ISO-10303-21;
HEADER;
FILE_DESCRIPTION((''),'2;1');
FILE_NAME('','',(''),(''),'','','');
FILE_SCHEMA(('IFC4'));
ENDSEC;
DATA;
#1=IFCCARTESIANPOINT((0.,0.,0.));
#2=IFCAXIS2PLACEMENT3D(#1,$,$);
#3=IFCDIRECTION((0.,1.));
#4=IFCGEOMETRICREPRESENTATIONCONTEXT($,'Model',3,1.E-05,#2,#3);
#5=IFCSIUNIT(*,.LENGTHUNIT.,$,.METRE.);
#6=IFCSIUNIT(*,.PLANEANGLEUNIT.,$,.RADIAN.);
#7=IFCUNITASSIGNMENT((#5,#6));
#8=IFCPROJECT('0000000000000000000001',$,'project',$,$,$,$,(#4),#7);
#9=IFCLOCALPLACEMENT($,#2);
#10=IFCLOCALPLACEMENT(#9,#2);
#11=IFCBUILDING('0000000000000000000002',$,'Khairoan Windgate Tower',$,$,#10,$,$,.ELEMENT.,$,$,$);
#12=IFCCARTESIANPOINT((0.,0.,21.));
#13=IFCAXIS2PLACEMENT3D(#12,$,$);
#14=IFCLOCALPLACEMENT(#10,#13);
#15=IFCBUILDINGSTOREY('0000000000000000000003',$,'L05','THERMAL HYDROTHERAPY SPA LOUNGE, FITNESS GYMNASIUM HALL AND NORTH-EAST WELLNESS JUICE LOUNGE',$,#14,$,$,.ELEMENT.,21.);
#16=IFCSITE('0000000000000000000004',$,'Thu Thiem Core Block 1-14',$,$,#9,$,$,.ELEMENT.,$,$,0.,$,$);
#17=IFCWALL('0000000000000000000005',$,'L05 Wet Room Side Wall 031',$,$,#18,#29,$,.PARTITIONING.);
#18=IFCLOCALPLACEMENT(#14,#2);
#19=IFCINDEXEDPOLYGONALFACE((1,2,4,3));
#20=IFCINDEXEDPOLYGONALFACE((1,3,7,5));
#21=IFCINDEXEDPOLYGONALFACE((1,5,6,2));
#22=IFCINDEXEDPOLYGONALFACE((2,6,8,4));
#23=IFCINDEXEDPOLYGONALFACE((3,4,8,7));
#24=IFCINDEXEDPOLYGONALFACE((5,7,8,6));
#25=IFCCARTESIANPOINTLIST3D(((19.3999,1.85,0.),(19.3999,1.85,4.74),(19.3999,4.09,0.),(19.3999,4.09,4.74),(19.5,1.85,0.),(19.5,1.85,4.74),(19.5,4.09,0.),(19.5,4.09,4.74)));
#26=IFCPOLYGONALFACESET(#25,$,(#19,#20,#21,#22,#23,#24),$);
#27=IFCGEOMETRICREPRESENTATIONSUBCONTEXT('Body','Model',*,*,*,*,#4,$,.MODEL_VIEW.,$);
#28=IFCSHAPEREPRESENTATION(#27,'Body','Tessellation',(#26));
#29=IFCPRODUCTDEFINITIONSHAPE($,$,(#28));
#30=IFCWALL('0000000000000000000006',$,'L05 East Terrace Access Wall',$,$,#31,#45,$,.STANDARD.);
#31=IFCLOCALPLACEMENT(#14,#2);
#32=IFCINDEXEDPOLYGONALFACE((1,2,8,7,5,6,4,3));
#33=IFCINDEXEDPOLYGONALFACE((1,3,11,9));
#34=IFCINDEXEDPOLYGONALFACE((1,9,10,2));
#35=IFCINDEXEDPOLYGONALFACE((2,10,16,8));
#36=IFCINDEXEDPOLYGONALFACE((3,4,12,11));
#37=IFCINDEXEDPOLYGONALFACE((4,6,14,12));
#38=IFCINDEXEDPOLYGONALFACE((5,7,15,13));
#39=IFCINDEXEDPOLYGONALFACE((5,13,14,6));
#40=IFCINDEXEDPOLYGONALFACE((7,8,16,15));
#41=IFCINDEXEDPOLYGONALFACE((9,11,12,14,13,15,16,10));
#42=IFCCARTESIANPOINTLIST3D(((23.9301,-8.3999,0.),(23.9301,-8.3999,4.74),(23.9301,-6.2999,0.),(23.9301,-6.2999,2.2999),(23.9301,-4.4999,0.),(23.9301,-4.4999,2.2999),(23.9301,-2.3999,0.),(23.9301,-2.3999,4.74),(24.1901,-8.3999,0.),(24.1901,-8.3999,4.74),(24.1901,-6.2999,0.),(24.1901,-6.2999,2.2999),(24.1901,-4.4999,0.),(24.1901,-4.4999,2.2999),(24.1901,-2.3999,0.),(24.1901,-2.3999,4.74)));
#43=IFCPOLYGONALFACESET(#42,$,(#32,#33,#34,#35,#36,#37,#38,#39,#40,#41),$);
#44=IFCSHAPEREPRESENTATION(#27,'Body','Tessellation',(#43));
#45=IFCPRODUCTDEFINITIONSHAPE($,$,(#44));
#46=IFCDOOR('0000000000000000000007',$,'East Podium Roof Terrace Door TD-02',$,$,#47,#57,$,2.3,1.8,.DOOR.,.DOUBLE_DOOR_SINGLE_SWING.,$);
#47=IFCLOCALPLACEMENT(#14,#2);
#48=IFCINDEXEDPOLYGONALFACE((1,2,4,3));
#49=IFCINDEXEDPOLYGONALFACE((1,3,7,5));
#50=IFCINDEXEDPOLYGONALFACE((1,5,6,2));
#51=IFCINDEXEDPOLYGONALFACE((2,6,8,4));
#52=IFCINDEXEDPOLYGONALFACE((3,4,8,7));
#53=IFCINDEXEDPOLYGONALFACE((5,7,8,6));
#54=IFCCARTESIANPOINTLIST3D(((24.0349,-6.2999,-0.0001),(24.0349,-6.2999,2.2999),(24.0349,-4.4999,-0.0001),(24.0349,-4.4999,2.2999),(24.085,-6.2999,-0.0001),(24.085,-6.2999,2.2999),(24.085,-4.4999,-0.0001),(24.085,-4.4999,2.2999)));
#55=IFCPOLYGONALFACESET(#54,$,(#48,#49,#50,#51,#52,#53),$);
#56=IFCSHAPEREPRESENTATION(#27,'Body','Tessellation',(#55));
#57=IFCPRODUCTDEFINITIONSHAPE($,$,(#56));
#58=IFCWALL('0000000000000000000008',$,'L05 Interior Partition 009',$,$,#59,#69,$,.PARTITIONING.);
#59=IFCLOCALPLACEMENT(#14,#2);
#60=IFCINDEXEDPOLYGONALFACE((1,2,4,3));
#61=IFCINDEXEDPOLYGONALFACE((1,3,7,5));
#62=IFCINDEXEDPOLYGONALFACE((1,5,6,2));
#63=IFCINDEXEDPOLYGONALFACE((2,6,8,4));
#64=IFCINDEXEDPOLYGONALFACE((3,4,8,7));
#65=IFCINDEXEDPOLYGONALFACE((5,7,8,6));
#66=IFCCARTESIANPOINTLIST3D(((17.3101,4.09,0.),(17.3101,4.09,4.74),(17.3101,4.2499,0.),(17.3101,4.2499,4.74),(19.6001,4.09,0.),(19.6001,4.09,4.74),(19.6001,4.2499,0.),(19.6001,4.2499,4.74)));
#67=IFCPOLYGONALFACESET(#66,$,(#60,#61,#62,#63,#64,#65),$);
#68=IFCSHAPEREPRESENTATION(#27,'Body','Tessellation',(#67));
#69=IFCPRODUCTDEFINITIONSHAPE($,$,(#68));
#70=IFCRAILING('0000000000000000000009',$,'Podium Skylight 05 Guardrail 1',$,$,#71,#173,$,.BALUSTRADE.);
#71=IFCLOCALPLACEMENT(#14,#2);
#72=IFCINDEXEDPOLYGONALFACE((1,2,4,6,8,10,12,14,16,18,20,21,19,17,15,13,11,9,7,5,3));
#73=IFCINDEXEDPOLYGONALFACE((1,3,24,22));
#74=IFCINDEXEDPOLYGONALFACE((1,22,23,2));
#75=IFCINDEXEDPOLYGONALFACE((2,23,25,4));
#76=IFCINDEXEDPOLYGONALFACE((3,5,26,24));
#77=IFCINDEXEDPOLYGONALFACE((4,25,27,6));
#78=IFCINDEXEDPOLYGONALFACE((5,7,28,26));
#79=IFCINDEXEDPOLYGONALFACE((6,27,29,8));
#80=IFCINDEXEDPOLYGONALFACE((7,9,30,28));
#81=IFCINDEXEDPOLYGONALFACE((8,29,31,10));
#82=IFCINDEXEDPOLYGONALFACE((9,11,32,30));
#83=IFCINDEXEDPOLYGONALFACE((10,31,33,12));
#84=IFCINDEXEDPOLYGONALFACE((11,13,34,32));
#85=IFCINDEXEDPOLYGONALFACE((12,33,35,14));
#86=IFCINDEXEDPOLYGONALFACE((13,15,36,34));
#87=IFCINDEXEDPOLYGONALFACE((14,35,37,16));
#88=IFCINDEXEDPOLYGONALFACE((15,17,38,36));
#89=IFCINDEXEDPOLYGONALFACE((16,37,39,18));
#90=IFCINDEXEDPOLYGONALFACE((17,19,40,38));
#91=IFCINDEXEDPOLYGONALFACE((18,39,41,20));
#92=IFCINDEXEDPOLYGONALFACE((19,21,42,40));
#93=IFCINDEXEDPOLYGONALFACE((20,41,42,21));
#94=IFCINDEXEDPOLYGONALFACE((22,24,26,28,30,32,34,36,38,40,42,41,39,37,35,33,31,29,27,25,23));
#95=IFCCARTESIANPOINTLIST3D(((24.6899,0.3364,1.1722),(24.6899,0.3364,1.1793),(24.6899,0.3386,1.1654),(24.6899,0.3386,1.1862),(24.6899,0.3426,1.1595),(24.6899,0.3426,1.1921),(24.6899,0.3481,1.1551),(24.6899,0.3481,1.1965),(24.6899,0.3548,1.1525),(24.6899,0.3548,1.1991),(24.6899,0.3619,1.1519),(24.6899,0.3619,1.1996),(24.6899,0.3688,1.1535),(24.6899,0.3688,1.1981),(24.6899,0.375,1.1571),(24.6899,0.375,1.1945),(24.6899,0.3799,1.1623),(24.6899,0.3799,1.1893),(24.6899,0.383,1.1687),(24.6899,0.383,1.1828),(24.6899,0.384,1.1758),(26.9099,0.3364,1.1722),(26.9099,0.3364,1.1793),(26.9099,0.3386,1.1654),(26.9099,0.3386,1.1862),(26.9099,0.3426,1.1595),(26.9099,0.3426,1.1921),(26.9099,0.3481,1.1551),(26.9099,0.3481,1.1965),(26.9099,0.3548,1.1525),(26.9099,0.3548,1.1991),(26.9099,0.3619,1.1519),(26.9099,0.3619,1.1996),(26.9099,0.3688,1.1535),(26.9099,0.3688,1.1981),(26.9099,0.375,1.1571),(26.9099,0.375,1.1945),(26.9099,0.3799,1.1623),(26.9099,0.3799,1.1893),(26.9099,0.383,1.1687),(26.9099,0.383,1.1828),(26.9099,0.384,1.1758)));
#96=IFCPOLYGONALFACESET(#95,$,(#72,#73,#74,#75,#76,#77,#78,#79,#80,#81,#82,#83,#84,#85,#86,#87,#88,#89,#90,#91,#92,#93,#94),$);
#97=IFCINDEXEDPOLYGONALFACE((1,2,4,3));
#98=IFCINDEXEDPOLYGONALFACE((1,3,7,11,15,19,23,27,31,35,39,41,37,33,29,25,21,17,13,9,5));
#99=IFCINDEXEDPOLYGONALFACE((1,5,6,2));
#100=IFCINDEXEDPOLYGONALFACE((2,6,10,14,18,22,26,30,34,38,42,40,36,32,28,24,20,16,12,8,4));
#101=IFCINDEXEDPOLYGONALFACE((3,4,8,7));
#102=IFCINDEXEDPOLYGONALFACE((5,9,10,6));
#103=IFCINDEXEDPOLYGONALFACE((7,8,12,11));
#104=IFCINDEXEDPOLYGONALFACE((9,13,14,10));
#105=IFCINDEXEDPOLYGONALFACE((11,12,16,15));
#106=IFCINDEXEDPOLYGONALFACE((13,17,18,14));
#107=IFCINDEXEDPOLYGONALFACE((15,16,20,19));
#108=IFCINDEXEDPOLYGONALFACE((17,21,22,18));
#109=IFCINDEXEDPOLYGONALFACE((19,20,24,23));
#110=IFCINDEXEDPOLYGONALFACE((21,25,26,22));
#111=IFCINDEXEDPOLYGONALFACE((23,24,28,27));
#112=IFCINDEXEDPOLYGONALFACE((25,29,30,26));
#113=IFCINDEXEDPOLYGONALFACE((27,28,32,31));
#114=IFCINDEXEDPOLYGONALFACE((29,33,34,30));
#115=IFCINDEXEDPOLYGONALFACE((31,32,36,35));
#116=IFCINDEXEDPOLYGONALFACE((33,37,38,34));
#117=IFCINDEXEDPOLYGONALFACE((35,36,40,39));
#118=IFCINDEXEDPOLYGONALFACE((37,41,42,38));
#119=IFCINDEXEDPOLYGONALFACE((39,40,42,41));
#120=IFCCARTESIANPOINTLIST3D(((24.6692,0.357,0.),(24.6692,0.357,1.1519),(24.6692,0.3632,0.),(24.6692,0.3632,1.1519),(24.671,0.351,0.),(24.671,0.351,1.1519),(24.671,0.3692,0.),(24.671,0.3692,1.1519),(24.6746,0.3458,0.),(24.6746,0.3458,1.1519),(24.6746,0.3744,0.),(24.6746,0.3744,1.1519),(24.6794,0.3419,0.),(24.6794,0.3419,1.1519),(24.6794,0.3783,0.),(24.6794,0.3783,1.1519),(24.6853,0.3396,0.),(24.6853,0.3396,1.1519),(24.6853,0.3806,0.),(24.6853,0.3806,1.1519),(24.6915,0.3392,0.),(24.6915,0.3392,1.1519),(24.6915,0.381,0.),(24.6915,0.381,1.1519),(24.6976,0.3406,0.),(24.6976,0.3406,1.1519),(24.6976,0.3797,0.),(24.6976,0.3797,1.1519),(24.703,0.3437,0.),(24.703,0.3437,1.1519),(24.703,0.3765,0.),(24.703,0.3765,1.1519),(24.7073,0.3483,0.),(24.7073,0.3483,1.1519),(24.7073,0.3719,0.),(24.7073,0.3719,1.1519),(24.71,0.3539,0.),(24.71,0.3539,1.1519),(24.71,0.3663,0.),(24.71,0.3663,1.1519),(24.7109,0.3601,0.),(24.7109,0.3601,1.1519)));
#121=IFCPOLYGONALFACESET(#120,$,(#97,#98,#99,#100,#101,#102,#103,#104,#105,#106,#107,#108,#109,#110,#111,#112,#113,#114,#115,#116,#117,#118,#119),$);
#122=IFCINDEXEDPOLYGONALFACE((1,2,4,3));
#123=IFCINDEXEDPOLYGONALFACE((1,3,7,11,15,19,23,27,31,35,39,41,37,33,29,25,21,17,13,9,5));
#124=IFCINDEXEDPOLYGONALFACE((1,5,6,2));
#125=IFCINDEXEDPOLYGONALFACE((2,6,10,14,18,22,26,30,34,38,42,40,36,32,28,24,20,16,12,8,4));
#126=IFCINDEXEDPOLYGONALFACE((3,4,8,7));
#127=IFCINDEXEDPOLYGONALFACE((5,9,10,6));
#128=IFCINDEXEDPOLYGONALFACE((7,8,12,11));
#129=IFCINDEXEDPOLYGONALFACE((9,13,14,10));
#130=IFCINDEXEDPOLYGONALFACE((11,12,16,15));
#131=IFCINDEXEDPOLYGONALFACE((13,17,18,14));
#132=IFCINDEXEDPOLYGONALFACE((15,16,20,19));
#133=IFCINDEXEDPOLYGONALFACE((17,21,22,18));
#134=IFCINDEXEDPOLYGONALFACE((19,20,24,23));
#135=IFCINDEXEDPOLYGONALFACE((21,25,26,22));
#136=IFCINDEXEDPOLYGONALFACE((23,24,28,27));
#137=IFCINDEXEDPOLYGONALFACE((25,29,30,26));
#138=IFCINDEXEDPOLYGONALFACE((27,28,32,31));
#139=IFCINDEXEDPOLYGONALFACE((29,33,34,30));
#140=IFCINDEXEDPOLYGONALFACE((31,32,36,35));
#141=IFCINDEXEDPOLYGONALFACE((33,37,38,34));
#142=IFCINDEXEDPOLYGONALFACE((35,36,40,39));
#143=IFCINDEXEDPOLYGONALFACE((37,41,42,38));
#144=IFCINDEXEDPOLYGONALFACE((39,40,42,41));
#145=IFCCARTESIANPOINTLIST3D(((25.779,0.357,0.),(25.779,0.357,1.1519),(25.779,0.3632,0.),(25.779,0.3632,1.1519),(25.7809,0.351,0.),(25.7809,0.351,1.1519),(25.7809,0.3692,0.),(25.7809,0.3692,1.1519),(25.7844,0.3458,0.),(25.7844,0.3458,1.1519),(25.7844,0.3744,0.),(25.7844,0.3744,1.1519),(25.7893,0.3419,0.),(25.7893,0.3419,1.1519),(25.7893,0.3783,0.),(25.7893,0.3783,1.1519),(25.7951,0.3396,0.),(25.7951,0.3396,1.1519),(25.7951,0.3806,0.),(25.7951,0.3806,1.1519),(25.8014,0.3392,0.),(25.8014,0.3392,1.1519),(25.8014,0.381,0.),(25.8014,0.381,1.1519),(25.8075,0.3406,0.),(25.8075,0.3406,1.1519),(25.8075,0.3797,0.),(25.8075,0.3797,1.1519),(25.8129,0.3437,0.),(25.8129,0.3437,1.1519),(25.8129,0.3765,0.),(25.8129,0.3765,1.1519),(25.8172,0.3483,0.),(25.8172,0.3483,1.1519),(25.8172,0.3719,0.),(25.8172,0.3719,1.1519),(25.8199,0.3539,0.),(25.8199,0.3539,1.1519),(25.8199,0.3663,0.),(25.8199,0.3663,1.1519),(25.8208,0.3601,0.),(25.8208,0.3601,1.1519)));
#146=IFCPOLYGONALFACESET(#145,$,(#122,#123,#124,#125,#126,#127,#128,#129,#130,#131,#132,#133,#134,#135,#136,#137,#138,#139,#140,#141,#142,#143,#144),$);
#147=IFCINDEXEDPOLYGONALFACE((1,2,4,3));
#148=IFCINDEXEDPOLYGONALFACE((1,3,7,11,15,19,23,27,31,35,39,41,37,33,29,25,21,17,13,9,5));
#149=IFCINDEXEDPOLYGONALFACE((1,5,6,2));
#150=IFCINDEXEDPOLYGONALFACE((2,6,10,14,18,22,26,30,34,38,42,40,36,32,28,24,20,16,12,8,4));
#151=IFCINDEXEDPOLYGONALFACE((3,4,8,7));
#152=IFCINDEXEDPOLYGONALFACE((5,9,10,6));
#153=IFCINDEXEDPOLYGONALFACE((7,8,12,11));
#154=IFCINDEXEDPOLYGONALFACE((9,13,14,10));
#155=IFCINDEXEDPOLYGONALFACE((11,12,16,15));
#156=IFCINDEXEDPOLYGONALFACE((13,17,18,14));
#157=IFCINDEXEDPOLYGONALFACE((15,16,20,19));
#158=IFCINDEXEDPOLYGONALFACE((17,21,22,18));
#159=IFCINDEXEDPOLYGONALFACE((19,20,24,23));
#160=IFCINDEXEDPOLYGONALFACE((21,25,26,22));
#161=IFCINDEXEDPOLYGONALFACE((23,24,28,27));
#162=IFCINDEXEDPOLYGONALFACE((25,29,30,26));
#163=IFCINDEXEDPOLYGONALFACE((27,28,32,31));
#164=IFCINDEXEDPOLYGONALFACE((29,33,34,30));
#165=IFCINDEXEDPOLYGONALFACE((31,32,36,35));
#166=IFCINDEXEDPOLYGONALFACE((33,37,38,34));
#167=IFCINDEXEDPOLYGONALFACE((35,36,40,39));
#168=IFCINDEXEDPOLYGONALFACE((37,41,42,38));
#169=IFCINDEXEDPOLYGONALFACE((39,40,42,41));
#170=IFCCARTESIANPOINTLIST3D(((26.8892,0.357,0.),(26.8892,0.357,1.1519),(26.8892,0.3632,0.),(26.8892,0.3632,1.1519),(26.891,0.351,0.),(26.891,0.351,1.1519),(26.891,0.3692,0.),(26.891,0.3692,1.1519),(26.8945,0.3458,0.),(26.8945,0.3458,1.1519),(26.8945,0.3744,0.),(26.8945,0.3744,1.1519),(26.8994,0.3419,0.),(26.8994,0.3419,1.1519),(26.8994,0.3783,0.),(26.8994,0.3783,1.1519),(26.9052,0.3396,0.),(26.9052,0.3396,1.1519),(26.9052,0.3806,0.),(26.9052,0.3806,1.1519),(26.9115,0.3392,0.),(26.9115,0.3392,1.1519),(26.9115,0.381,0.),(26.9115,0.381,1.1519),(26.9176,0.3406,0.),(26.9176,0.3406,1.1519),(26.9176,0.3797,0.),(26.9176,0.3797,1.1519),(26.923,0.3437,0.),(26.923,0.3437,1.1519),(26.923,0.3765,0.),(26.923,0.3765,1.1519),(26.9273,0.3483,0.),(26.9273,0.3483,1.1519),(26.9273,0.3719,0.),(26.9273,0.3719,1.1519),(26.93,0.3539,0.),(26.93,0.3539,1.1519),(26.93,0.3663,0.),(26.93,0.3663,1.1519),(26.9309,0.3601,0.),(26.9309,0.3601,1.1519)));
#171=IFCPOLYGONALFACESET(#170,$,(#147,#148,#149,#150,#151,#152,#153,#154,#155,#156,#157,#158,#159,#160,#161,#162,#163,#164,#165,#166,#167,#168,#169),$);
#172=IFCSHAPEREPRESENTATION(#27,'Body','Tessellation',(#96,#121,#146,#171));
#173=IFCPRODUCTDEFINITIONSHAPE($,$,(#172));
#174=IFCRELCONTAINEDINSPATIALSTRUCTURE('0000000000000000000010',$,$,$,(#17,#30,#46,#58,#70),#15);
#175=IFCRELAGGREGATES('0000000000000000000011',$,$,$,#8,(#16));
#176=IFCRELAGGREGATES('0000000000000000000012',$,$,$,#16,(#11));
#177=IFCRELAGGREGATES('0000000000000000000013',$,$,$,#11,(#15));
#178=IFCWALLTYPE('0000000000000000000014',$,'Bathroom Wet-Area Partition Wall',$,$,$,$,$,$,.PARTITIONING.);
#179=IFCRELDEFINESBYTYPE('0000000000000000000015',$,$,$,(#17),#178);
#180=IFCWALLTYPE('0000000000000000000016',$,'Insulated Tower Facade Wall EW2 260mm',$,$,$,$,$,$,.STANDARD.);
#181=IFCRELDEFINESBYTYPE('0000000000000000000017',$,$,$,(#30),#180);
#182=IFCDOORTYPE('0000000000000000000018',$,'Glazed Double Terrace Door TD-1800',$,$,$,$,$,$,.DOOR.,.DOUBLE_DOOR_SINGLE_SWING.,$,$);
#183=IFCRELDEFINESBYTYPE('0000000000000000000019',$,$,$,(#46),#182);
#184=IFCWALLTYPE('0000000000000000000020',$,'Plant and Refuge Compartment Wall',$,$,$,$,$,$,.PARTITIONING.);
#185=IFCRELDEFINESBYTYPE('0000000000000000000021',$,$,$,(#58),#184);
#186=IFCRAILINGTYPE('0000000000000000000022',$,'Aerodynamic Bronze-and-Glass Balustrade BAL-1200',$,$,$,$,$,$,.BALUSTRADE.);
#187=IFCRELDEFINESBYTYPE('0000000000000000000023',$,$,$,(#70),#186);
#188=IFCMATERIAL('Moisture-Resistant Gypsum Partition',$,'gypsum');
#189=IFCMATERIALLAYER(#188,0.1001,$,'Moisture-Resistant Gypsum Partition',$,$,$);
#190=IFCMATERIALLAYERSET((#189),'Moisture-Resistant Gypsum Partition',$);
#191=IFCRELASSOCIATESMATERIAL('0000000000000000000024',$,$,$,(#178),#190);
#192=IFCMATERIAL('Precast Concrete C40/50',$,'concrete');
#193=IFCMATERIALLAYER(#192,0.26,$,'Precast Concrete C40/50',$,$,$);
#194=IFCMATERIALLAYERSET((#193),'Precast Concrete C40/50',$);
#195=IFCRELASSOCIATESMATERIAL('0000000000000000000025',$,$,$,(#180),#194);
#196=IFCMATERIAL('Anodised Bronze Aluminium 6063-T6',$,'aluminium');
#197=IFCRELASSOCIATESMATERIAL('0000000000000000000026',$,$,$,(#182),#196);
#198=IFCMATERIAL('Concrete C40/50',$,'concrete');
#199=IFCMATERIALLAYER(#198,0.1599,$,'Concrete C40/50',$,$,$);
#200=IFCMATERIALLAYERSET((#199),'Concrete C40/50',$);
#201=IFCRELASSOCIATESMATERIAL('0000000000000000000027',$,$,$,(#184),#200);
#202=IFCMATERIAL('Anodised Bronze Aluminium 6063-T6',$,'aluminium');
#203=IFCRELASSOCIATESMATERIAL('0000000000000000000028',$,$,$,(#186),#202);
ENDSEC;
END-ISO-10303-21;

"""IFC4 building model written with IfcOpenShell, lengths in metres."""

from ifc_helpers import new_model, si_unit, direction, frame, frame_2d, origin, origin_2d, place, context, subcontext, project, spatial, rectangle, circle, extrude, material, layer, layer_set, type_object, element, fill, save


model = new_model("IFC4")

# Units and contexts
model_context = context("Model", 3, precision=1e-05, world=origin(), true_north=direction((0.0, 1.0)))
body_context = subcontext(model_context, "Body", "Model", "MODEL_VIEW")
ifc_project = project(units=[si_unit("LENGTHUNIT", "METRE"), si_unit("PLANEANGLEUNIT", "RADIAN")], contexts=[model_context])

# Site, building, storey
site_placement = place(None, origin())
site = spatial("IfcSite", under=ifc_project, at=site_placement, Name="Thu Thiem Core Block 1-14", CompositionType="ELEMENT", RefElevation=0.0)
building_placement = place(site_placement, origin())
building = spatial("IfcBuilding", under=site, at=building_placement, Name="Khairoan Windgate Tower", CompositionType="ELEMENT")
storey_placement = place(building_placement, frame((0.0, 0.0, 21.0)))
storey = spatial("IfcBuildingStorey", under=building, at=storey_placement, Name="L05", Description="THERMAL HYDROTHERAPY SPA LOUNGE, FITNESS GYMNASIUM HALL AND NORTH-EAST WELLNESS JUICE LOUNGE", CompositionType="ELEMENT", Elevation=21.0)

# Wall
ifc_material_1 = material(Name="Moisture-Resistant Gypsum Partition", Category="gypsum")
ifc_layer_1 = layer(ifc_material_1, 0.1001, Name="Moisture-Resistant Gypsum Partition")
ifc_layer_set_1 = layer_set([ifc_layer_1], Name="Moisture-Resistant Gypsum Partition")
wall_type_1 = type_object("IfcWallType", Name="Bathroom Wet-Area Partition Wall", PredefinedType="PARTITIONING", material=ifc_layer_set_1)
wall_1_placement = place(storey_placement, frame((19.45, 4.0901, 0.0), z_axis=(0.0, 0.0, 1.0), x_axis=(0.0, -1.0, 0.0)))
element("IfcWall", 1, at=wall_1_placement, inside=storey, type_object=wall_type_1, Name="L05 Wet Room Side Wall 031", PredefinedType="PARTITIONING", context=body_context, shape_type="SweptSolid", body=[
    extrude(rectangle(XDim=2.24, YDim=0.1001, at=frame_2d((1.1201, 0.0))), origin(), (0.0, 0.0, 1.0), 4.74),
])

# Wall, opening, door
ifc_material_2 = material(Name="Precast Concrete C40/50", Category="concrete")
ifc_layer_2 = layer(ifc_material_2, 0.26, Name="Precast Concrete C40/50")
ifc_layer_set_2 = layer_set([ifc_layer_2], Name="Precast Concrete C40/50")
wall_type_2 = type_object("IfcWallType", Name="Insulated Tower Facade Wall EW2 260mm", PredefinedType="STANDARD", material=ifc_layer_set_2)
wall_2_placement = place(storey_placement, frame((24.0601, -2.3999, 0.0), z_axis=(0.0, 0.0, 1.0), x_axis=(0.0, -1.0, 0.0)))
wall_2 = element("IfcWall", 2, at=wall_2_placement, inside=storey, type_object=wall_type_2, Name="L05 East Terrace Access Wall", PredefinedType="STANDARD", context=body_context, shape_type="SweptSolid", body=[
    extrude(rectangle(XDim=6.0, YDim=0.26, at=frame_2d((3.0, 0.0))), origin(), (0.0, 0.0, 1.0), 4.74),
])
opening_placement = place(wall_2_placement, frame((2.1001, 0.0, 0.0)))
opening = element("IfcOpeningElement", 3, at=opening_placement, cuts=wall_2, PredefinedType="OPENING", context=body_context, shape_type="SweptSolid", body=[
    extrude(rectangle(XDim=1.8, YDim=2.3, at=frame_2d((0.8999, 1.1499))), frame((0.0, 0.1399, 0.0), z_axis=(0.0, -1.0, 0.0), x_axis=(1.0, 0.0, 0.0)), (0.0, 0.0, 1.0), 0.28),
])
ifc_material_3 = material(Name="Anodised Bronze Aluminium 6063-T6", Category="aluminium")
door_type = type_object("IfcDoorType", Name="Glazed Double Terrace Door TD-1800", OperationType="DOUBLE_DOOR_SINGLE_SWING", PredefinedType="DOOR", material=ifc_material_3)
door_placement = place(opening_placement, origin())
door = element("IfcDoor", 4, at=door_placement, inside=storey, type_object=door_type, Name="East Podium Roof Terrace Door TD-02", OperationType="DOUBLE_DOOR_SINGLE_SWING", OverallHeight=2.3, OverallWidth=1.8, PredefinedType="DOOR", context=body_context, shape_type="SweptSolid", body=[
    extrude(rectangle(XDim=1.8, YDim=2.3, at=frame_2d((0.8999, 1.1499))), frame((0.0, 0.0249, 0.0), z_axis=(0.0, -1.0, 0.0), x_axis=(1.0, 0.0, 0.0)), (0.0, 0.0, 1.0), 0.05),
])
fill(opening, door)

# Wall
ifc_material_4 = material(Name="Concrete C40/50", Category="concrete")
ifc_layer_3 = layer(ifc_material_4, 0.1599, Name="Concrete C40/50")
ifc_layer_set_3 = layer_set([ifc_layer_3], Name="Concrete C40/50")
wall_type_3 = type_object("IfcWallType", Name="Plant and Refuge Compartment Wall", PredefinedType="PARTITIONING", material=ifc_layer_set_3)
wall_3_placement = place(storey_placement, frame((17.3101, 4.1699, 0.0), z_axis=(0.0, 0.0, 1.0), x_axis=(1.0, 0.0, 0.0)))
element("IfcWall", 5, at=wall_3_placement, inside=storey, type_object=wall_type_3, Name="L05 Interior Partition 009", PredefinedType="PARTITIONING", context=body_context, shape_type="SweptSolid", body=[
    extrude(rectangle(XDim=2.29, YDim=0.1599, at=frame_2d((1.145, 0.0))), origin(), (0.0, 0.0, 1.0), 4.74),
])

# Railing
ifc_material_5 = material(Name="Anodised Bronze Aluminium 6063-T6", Category="aluminium")
railing_type = type_object("IfcRailingType", Name="Aerodynamic Bronze-and-Glass Balustrade BAL-1200", PredefinedType="BALUSTRADE", material=ifc_material_5)
railing_1_placement = place(storey_placement, frame((24.6899, 0.3601, 0.0)))
element("IfcRailing", 6, at=railing_1_placement, inside=storey, type_object=railing_type, Name="Podium Skylight 05 Guardrail 1", PredefinedType="BALUSTRADE", context=body_context, shape_type="SweptSolid", body=[
    extrude(circle(Radius=0.0239, at=origin_2d()), frame((0.0, 0.0, 1.1758), z_axis=(1.0, 0.0, 0.0), x_axis=(0.0, 1.0, 0.0)), (0.0, 0.0, 1.0), 2.22),
    extrude(circle(Radius=0.021, at=origin_2d()), origin(), (0.0, 0.0, 1.0), 1.1519),
    extrude(circle(Radius=0.021, at=origin_2d()), frame((1.1099, 0.0, 0.0)), (0.0, 0.0, 1.0), 1.1519),
    extrude(circle(Radius=0.021, at=origin_2d()), frame((2.22, 0.0, 0.0)), (0.0, 0.0, 1.0), 1.1519),
])

save(model, "model.ifc")
